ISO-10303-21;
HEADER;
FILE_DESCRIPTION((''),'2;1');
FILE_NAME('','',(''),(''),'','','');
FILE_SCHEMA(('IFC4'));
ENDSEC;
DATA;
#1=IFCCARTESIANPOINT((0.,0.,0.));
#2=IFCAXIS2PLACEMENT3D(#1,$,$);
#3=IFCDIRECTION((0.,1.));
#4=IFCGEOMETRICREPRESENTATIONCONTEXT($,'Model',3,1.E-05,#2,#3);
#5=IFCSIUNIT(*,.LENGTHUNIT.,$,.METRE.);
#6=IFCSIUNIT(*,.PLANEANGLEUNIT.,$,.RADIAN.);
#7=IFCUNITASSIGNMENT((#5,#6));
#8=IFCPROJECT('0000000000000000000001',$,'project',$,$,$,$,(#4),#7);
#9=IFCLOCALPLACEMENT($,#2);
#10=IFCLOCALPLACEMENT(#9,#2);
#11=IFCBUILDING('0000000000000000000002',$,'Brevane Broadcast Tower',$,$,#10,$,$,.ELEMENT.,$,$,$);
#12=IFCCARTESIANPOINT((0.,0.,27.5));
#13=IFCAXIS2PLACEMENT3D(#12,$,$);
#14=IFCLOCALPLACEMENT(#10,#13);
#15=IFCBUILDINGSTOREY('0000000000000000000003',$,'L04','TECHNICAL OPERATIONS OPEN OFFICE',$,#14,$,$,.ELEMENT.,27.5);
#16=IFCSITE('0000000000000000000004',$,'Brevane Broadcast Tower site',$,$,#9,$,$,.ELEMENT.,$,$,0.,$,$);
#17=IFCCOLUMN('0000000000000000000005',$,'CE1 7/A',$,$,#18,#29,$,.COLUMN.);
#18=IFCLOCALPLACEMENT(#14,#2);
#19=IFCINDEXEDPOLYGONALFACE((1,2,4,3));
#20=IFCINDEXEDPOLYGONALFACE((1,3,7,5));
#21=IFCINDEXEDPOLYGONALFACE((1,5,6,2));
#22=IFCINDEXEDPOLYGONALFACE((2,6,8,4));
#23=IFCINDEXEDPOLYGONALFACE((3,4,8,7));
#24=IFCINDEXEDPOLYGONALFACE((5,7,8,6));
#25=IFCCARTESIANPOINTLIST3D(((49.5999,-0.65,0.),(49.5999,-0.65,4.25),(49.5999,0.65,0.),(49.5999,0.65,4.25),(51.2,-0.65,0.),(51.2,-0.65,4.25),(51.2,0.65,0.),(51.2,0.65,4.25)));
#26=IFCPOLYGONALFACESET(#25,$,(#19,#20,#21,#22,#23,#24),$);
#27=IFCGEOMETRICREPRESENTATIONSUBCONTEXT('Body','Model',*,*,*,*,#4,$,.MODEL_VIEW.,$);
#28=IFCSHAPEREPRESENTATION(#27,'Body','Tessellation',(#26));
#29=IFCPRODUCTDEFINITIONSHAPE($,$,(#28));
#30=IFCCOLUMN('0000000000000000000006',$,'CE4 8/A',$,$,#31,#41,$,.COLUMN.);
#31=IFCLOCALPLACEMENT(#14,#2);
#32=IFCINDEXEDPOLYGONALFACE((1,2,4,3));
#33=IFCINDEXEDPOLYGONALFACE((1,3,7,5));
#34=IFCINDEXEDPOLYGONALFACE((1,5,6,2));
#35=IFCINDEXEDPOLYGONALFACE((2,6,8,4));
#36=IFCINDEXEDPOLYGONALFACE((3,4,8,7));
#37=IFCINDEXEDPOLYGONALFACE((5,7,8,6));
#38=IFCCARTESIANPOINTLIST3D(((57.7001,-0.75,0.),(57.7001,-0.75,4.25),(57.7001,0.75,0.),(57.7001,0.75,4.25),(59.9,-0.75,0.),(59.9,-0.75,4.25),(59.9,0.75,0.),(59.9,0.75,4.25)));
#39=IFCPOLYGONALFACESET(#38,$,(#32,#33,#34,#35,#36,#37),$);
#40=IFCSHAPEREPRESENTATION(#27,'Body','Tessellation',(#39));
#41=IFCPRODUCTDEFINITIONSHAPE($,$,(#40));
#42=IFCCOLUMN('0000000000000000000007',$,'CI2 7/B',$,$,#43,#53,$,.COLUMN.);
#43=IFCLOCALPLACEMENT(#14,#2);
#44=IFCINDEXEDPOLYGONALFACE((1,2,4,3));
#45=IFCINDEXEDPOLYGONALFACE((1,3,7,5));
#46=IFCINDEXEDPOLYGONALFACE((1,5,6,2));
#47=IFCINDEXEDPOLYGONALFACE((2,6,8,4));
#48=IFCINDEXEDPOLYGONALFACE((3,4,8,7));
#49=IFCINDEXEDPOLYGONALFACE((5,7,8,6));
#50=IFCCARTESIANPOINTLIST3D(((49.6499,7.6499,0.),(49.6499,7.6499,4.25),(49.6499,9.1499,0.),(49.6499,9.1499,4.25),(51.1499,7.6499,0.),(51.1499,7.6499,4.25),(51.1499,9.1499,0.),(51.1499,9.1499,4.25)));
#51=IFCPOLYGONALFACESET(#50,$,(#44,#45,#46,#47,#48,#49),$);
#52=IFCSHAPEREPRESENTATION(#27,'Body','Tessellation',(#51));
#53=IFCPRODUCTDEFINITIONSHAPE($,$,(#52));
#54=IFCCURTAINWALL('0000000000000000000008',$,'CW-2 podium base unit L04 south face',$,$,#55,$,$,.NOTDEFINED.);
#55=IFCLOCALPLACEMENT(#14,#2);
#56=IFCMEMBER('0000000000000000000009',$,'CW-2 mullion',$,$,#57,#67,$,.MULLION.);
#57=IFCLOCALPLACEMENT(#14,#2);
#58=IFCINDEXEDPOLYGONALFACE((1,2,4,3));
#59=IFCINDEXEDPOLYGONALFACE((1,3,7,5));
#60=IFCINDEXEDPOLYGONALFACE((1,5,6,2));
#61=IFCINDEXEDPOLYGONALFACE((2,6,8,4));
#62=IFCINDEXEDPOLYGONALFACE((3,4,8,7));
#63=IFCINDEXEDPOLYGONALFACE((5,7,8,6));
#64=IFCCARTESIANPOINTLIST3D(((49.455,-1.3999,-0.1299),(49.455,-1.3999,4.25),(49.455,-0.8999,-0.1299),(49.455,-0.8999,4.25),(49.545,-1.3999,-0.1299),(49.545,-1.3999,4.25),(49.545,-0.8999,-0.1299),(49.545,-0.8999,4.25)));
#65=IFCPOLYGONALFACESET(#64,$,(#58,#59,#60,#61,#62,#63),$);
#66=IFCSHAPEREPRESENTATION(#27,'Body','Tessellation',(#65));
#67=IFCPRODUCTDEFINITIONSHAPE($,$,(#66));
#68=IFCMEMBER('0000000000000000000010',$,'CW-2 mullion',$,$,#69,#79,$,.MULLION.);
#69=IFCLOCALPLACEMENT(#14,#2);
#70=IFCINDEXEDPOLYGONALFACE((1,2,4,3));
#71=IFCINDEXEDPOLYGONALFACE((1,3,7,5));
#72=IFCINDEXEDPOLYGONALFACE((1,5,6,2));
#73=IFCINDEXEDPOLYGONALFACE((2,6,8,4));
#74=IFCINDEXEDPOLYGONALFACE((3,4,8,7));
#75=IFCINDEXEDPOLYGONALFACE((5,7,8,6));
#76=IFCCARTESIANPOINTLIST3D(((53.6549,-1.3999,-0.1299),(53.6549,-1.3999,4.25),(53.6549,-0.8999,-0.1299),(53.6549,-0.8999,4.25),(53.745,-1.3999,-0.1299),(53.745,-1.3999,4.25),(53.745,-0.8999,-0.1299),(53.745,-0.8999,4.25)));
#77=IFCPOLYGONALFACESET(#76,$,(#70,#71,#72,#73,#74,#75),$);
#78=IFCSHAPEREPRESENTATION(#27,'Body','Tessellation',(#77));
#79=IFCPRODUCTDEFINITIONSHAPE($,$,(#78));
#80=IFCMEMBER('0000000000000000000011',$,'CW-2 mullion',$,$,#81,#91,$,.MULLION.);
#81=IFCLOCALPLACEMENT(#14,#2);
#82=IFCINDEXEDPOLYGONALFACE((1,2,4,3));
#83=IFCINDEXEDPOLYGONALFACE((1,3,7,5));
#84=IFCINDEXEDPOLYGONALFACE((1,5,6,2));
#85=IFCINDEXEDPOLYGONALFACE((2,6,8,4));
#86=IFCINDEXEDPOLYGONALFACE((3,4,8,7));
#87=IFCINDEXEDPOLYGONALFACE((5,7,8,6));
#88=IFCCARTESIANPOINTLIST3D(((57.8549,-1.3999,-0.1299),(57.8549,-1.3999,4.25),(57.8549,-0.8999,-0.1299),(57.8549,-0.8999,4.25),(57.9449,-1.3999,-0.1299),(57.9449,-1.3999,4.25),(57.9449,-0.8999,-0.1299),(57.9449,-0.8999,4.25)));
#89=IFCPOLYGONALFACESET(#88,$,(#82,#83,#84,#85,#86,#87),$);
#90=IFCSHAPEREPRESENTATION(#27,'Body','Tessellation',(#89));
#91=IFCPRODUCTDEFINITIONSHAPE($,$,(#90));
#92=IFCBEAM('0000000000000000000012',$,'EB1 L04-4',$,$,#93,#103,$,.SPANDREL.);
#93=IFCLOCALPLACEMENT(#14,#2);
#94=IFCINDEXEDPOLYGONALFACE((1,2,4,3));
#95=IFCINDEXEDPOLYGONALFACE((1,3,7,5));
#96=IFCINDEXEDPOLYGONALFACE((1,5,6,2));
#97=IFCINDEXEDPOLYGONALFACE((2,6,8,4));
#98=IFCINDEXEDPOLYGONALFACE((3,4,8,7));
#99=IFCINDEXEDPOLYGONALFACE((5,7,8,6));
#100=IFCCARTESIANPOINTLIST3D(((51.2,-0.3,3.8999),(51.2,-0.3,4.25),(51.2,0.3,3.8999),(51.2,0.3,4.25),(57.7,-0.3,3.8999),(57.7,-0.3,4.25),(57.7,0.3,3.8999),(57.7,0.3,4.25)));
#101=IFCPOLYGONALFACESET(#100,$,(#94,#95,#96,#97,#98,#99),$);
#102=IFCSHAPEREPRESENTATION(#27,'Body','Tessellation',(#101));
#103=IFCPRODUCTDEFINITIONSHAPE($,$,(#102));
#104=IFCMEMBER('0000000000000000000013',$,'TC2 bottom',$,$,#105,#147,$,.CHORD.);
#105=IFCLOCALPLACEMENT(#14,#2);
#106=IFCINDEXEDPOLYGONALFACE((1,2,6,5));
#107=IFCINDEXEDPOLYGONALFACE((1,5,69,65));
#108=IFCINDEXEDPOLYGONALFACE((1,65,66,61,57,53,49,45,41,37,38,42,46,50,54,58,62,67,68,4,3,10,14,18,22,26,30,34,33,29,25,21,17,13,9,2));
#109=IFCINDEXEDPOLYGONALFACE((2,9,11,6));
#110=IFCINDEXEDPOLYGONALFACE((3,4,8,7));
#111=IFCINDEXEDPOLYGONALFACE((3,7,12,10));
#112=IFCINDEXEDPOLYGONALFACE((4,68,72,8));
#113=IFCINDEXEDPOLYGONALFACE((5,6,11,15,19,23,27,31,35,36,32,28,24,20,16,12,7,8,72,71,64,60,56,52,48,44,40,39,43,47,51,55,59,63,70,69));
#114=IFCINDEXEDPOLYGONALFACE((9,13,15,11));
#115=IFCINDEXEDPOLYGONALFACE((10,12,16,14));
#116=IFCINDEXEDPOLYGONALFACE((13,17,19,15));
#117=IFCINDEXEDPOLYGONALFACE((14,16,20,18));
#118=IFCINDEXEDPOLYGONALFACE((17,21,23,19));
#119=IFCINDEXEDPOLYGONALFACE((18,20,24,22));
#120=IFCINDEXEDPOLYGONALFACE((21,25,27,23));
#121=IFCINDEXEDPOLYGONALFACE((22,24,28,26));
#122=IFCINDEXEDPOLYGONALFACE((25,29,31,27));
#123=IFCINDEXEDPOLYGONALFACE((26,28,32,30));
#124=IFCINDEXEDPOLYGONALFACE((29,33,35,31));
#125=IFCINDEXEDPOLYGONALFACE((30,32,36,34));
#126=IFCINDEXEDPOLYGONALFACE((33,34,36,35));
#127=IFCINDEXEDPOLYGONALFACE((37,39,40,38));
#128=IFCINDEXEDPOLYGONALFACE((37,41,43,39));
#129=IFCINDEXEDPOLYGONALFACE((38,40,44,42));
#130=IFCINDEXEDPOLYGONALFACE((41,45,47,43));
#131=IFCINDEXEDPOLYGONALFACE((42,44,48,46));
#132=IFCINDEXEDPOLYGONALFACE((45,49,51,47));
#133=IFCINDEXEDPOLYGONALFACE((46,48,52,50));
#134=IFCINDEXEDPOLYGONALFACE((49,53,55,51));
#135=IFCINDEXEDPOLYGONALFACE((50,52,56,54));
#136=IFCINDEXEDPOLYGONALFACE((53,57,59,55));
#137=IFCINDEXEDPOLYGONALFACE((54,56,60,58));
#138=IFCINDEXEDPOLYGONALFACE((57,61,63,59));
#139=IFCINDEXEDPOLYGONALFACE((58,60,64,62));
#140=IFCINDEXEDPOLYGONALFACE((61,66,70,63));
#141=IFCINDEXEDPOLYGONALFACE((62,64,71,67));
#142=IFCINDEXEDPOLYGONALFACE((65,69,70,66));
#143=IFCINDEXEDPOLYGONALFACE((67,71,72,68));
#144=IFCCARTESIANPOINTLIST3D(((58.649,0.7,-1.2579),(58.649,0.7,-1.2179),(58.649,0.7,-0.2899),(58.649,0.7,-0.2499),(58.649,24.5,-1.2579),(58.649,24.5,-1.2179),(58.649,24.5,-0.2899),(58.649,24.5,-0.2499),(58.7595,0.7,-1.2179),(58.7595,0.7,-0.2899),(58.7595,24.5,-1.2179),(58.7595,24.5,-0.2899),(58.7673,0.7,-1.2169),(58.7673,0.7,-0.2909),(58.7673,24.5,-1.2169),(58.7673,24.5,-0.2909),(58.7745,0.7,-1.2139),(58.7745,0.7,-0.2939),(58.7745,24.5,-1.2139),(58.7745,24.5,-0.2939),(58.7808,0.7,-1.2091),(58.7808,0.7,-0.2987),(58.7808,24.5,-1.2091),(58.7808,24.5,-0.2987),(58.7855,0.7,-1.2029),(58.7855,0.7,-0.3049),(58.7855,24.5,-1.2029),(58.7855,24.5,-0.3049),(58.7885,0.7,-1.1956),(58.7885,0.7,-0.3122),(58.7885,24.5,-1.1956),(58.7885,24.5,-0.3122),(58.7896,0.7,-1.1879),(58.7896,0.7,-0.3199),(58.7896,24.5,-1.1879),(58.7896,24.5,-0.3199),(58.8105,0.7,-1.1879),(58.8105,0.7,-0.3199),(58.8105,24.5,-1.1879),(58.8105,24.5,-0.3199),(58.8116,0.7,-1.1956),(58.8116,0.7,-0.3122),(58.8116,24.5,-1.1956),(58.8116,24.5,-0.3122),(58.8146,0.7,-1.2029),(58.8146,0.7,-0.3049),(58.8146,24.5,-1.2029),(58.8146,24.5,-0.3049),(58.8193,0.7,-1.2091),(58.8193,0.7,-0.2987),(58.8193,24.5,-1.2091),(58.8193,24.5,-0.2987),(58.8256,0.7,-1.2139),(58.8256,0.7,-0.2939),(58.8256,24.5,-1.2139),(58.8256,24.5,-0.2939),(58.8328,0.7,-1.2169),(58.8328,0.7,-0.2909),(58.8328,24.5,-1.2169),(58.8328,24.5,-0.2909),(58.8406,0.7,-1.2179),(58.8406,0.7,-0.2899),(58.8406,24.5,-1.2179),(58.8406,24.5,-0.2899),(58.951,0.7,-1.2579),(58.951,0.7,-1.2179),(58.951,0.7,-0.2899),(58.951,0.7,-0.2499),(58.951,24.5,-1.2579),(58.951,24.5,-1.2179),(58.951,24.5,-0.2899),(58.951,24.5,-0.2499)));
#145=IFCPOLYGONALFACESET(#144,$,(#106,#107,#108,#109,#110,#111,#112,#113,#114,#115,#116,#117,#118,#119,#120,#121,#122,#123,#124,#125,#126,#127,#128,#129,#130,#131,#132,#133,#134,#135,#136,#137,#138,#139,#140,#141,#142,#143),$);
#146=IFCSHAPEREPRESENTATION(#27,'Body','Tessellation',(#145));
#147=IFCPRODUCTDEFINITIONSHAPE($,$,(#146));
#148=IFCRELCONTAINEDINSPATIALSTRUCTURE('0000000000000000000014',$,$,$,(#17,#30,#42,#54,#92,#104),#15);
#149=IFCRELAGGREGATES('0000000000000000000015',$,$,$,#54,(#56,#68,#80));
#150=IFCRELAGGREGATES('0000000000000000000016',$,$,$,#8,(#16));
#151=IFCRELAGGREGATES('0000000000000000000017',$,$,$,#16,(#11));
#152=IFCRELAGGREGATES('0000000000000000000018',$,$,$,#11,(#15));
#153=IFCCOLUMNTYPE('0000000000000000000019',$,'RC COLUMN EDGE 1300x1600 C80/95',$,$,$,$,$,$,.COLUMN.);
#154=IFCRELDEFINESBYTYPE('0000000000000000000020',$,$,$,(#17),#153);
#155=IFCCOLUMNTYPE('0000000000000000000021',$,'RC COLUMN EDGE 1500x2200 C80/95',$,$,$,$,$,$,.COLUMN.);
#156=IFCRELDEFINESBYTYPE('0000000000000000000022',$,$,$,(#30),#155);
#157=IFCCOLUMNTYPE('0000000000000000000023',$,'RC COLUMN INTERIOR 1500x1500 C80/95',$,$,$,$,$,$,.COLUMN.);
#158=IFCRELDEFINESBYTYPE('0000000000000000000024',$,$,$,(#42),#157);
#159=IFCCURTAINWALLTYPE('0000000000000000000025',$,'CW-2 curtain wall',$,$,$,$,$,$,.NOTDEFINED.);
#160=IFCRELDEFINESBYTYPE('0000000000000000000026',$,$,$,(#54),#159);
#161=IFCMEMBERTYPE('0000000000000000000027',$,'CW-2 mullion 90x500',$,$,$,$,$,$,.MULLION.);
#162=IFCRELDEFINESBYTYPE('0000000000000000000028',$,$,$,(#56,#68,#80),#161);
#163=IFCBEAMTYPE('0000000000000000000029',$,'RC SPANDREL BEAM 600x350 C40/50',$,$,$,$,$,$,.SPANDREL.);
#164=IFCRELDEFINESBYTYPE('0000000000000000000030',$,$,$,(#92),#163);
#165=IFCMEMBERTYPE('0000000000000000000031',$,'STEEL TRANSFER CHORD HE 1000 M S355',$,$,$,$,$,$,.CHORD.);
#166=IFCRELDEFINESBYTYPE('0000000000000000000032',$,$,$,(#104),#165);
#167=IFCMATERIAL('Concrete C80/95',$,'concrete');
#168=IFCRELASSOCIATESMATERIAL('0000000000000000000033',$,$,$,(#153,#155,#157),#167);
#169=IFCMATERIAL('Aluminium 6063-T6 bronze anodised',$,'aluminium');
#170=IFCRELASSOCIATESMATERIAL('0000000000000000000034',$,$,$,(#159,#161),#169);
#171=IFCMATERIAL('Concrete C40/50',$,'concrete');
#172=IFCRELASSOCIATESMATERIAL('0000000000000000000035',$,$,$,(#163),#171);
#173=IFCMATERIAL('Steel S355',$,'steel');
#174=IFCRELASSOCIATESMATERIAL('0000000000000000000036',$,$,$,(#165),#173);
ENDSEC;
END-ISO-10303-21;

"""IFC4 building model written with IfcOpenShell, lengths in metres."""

from ifc_helpers import new_model, si_unit, direction, frame, origin, origin_2d, place, context, subcontext, project, spatial, rectangle, i_section, extrude, material, material_profile, profile_set, type_object, element, aggregate, save


model = new_model("IFC4")

# Units and contexts
model_context = context("Model", 3, precision=1e-05, world=origin(), true_north=direction((0.0, 1.0)))
body_context = subcontext(model_context, "Body", "Model", "MODEL_VIEW")
ifc_project = project(units=[si_unit("LENGTHUNIT", "METRE"), si_unit("PLANEANGLEUNIT", "RADIAN")], contexts=[model_context])

# Site, building, storey
site_placement = place(None, origin())
site = spatial("IfcSite", under=ifc_project, at=site_placement, Name="Brevane Broadcast Tower site", CompositionType="ELEMENT", RefElevation=0.0)
building_placement = place(site_placement, origin())
building = spatial("IfcBuilding", under=site, at=building_placement, Name="Brevane Broadcast Tower", CompositionType="ELEMENT")
storey_placement = place(building_placement, frame((0.0, 0.0, 27.5)))
storey = spatial("IfcBuildingStorey", under=building, at=storey_placement, Name="L04", Description="TECHNICAL OPERATIONS OPEN OFFICE", CompositionType="ELEMENT", Elevation=27.5)

# Columns
ifc_material_1 = material(Name="Concrete C80/95", Category="concrete")
ifc_material_profile_1 = material_profile(ifc_material_1, rectangle(XDim=1.3, YDim=1.6001, at=origin_2d()), Name="RC 1300x1600")
ifc_profile_set_1 = profile_set([ifc_material_profile_1], Name="Concrete C80/95")
column_type_1 = type_object("IfcColumnType", Name="RC COLUMN EDGE 1300x1600 C80/95", PredefinedType="COLUMN", material=ifc_profile_set_1)
column_1_placement = place(storey_placement, frame((50.3999, 0.0, 0.0), z_axis=(0.0, 0.0, 1.0), x_axis=(0.0, 1.0, 0.0)))
element("IfcColumn", 1, at=column_1_placement, inside=storey, type_object=column_type_1, Name="CE1 7/A", PredefinedType="COLUMN", context=body_context, shape_type="SweptSolid", body=[
    extrude(rectangle(XDim=1.3, YDim=1.6001, at=origin_2d()), origin(), (0.0, 0.0, 1.0), 4.25),
])
ifc_material_profile_2 = material_profile(ifc_material_1, rectangle(XDim=1.5, YDim=2.2, at=origin_2d()), Name="RC 1500x2200")
ifc_profile_set_2 = profile_set([ifc_material_profile_2], Name="Concrete C80/95")
column_type_2 = type_object("IfcColumnType", Name="RC COLUMN EDGE 1500x2200 C80/95", PredefinedType="COLUMN", material=ifc_profile_set_2)
column_2_placement = place(storey_placement, frame((58.8, 0.0, 0.0), z_axis=(0.0, 0.0, 1.0), x_axis=(0.0, 1.0, 0.0)))
element("IfcColumn", 2, at=column_2_placement, inside=storey, type_object=column_type_2, Name="CE4 8/A", PredefinedType="COLUMN", context=body_context, shape_type="SweptSolid", body=[
    extrude(rectangle(XDim=1.5, YDim=2.2, at=origin_2d()), origin(), (0.0, 0.0, 1.0), 4.25),
])
ifc_material_profile_3 = material_profile(ifc_material_1, rectangle(XDim=1.5, YDim=1.5, at=origin_2d()), Name="RC 1500x1500")
ifc_profile_set_3 = profile_set([ifc_material_profile_3], Name="Concrete C80/95")
column_type_3 = type_object("IfcColumnType", Name="RC COLUMN INTERIOR 1500x1500 C80/95", PredefinedType="COLUMN", material=ifc_profile_set_3)
column_3_placement = place(storey_placement, frame((50.3999, 8.3999, 0.0), z_axis=(0.0, 0.0, 1.0), x_axis=(1.0, 0.0, 0.0)))
element("IfcColumn", 3, at=column_3_placement, inside=storey, type_object=column_type_3, Name="CI2 7/B", PredefinedType="COLUMN", context=body_context, shape_type="SweptSolid", body=[
    extrude(rectangle(XDim=1.5, YDim=1.5, at=origin_2d()), origin(), (0.0, 0.0, 1.0), 4.25),
])

# Curtain wall, members
ifc_material_2 = material(Name="Aluminium 6063-T6 bronze anodised", Category="aluminium")
curtain_wall_type = type_object("IfcCurtainWallType", Name="CW-2 curtain wall", PredefinedType="NOTDEFINED", material=ifc_material_2)
curtain_wall_placement = place(storey_placement, origin())
curtain_wall = element("IfcCurtainWall", 4, at=curtain_wall_placement, inside=storey, type_object=curtain_wall_type, Name="CW-2 podium base unit L04 south face", PredefinedType="NOTDEFINED")
ifc_material_profile_4 = material_profile(ifc_material_2, rectangle(XDim=0.5, YDim=0.0901, at=origin_2d()), Name="RECT 90x500")
ifc_profile_set_4 = profile_set([ifc_material_profile_4], Name="Aluminium 6063-T6 bronze anodised")
member_type_1 = type_object("IfcMemberType", Name="CW-2 mullion 90x500", PredefinedType="MULLION", material=ifc_profile_set_4)
member_1_placement = place(storey_placement, frame((49.5, -1.1499, -0.1299), z_axis=(0.0, 0.0, 1.0), x_axis=(0.0, 1.0, 0.0)))
member_1 = element("IfcMember", 5, at=member_1_placement, type_object=member_type_1, Name="CW-2 mullion", PredefinedType="MULLION", context=body_context, shape_type="SweptSolid", body=[
    extrude(rectangle(XDim=0.5, YDim=0.0901, at=origin_2d()), origin(), (0.0, 0.0, 1.0), 4.3799),
])
member_2_placement = place(storey_placement, frame((53.7, -1.1499, -0.1299), z_axis=(0.0, 0.0, 1.0), x_axis=(0.0, 1.0, 0.0)))
member_2 = element("IfcMember", 6, at=member_2_placement, type_object=member_type_1, Name="CW-2 mullion", PredefinedType="MULLION", context=body_context, shape_type="SweptSolid", body=[
    extrude(rectangle(XDim=0.5, YDim=0.0901, at=origin_2d()), origin(), (0.0, 0.0, 1.0), 4.3799),
])
member_3_placement = place(storey_placement, frame((57.8999, -1.1499, -0.1299), z_axis=(0.0, 0.0, 1.0), x_axis=(0.0, 1.0, 0.0)))
member_3 = element("IfcMember", 7, at=member_3_placement, type_object=member_type_1, Name="CW-2 mullion", PredefinedType="MULLION", context=body_context, shape_type="SweptSolid", body=[
    extrude(rectangle(XDim=0.5, YDim=0.0901, at=origin_2d()), origin(), (0.0, 0.0, 1.0), 4.3799),
])
aggregate(curtain_wall, [member_1, member_2, member_3])

# Beam
ifc_material_3 = material(Name="Concrete C40/50", Category="concrete")
ifc_material_profile_5 = material_profile(ifc_material_3, rectangle(XDim=0.6001, YDim=0.3501, at=origin_2d()), Name="RC 600x350")
ifc_profile_set_5 = profile_set([ifc_material_profile_5], Name="Concrete C40/50")
beam_type = type_object("IfcBeamType", Name="RC SPANDREL BEAM 600x350 C40/50", PredefinedType="SPANDREL", material=ifc_profile_set_5)
beam_placement = place(storey_placement, frame((51.2, 0.0, 4.075), z_axis=(1.0, 0.0, 0.0), x_axis=(0.0, 1.0, 0.0)))
element("IfcBeam", 8, at=beam_placement, inside=storey, type_object=beam_type, Name="EB1 L04-4", PredefinedType="SPANDREL", context=body_context, shape_type="SweptSolid", body=[
    extrude(rectangle(XDim=0.6001, YDim=0.3501, at=origin_2d()), origin(), (0.0, 0.0, 1.0), 6.5),
])

# Member
ifc_material_4 = material(Name="Steel S355", Category="steel")
ifc_material_profile_6 = material_profile(ifc_material_4, i_section(OverallWidth=0.302, OverallDepth=1.0081, WebThickness=0.021, FlangeThickness=0.04, FilletRadius=0.03, at=origin_2d()), Name="HE 1000 M")
ifc_profile_set_6 = profile_set([ifc_material_profile_6], Name="Steel S355")
member_type_2 = type_object("IfcMemberType", Name="STEEL TRANSFER CHORD HE 1000 M S355", PredefinedType="CHORD", material=ifc_profile_set_6)
member_4_placement = place(storey_placement, frame((58.8, 0.7, -0.7539), z_axis=(0.0, 1.0, 0.0), x_axis=(-1.0, 0.0, 0.0)))
element("IfcMember", 9, at=member_4_placement, inside=storey, type_object=member_type_2, Name="TC2 bottom", PredefinedType="CHORD", context=body_context, shape_type="SweptSolid", body=[
    extrude(i_section(OverallWidth=0.302, OverallDepth=1.0081, WebThickness=0.021, FlangeThickness=0.04, FilletRadius=0.03, at=origin_2d()), origin(), (0.0, 0.0, 1.0), 23.8),
])

save(model, "model.ifc")
